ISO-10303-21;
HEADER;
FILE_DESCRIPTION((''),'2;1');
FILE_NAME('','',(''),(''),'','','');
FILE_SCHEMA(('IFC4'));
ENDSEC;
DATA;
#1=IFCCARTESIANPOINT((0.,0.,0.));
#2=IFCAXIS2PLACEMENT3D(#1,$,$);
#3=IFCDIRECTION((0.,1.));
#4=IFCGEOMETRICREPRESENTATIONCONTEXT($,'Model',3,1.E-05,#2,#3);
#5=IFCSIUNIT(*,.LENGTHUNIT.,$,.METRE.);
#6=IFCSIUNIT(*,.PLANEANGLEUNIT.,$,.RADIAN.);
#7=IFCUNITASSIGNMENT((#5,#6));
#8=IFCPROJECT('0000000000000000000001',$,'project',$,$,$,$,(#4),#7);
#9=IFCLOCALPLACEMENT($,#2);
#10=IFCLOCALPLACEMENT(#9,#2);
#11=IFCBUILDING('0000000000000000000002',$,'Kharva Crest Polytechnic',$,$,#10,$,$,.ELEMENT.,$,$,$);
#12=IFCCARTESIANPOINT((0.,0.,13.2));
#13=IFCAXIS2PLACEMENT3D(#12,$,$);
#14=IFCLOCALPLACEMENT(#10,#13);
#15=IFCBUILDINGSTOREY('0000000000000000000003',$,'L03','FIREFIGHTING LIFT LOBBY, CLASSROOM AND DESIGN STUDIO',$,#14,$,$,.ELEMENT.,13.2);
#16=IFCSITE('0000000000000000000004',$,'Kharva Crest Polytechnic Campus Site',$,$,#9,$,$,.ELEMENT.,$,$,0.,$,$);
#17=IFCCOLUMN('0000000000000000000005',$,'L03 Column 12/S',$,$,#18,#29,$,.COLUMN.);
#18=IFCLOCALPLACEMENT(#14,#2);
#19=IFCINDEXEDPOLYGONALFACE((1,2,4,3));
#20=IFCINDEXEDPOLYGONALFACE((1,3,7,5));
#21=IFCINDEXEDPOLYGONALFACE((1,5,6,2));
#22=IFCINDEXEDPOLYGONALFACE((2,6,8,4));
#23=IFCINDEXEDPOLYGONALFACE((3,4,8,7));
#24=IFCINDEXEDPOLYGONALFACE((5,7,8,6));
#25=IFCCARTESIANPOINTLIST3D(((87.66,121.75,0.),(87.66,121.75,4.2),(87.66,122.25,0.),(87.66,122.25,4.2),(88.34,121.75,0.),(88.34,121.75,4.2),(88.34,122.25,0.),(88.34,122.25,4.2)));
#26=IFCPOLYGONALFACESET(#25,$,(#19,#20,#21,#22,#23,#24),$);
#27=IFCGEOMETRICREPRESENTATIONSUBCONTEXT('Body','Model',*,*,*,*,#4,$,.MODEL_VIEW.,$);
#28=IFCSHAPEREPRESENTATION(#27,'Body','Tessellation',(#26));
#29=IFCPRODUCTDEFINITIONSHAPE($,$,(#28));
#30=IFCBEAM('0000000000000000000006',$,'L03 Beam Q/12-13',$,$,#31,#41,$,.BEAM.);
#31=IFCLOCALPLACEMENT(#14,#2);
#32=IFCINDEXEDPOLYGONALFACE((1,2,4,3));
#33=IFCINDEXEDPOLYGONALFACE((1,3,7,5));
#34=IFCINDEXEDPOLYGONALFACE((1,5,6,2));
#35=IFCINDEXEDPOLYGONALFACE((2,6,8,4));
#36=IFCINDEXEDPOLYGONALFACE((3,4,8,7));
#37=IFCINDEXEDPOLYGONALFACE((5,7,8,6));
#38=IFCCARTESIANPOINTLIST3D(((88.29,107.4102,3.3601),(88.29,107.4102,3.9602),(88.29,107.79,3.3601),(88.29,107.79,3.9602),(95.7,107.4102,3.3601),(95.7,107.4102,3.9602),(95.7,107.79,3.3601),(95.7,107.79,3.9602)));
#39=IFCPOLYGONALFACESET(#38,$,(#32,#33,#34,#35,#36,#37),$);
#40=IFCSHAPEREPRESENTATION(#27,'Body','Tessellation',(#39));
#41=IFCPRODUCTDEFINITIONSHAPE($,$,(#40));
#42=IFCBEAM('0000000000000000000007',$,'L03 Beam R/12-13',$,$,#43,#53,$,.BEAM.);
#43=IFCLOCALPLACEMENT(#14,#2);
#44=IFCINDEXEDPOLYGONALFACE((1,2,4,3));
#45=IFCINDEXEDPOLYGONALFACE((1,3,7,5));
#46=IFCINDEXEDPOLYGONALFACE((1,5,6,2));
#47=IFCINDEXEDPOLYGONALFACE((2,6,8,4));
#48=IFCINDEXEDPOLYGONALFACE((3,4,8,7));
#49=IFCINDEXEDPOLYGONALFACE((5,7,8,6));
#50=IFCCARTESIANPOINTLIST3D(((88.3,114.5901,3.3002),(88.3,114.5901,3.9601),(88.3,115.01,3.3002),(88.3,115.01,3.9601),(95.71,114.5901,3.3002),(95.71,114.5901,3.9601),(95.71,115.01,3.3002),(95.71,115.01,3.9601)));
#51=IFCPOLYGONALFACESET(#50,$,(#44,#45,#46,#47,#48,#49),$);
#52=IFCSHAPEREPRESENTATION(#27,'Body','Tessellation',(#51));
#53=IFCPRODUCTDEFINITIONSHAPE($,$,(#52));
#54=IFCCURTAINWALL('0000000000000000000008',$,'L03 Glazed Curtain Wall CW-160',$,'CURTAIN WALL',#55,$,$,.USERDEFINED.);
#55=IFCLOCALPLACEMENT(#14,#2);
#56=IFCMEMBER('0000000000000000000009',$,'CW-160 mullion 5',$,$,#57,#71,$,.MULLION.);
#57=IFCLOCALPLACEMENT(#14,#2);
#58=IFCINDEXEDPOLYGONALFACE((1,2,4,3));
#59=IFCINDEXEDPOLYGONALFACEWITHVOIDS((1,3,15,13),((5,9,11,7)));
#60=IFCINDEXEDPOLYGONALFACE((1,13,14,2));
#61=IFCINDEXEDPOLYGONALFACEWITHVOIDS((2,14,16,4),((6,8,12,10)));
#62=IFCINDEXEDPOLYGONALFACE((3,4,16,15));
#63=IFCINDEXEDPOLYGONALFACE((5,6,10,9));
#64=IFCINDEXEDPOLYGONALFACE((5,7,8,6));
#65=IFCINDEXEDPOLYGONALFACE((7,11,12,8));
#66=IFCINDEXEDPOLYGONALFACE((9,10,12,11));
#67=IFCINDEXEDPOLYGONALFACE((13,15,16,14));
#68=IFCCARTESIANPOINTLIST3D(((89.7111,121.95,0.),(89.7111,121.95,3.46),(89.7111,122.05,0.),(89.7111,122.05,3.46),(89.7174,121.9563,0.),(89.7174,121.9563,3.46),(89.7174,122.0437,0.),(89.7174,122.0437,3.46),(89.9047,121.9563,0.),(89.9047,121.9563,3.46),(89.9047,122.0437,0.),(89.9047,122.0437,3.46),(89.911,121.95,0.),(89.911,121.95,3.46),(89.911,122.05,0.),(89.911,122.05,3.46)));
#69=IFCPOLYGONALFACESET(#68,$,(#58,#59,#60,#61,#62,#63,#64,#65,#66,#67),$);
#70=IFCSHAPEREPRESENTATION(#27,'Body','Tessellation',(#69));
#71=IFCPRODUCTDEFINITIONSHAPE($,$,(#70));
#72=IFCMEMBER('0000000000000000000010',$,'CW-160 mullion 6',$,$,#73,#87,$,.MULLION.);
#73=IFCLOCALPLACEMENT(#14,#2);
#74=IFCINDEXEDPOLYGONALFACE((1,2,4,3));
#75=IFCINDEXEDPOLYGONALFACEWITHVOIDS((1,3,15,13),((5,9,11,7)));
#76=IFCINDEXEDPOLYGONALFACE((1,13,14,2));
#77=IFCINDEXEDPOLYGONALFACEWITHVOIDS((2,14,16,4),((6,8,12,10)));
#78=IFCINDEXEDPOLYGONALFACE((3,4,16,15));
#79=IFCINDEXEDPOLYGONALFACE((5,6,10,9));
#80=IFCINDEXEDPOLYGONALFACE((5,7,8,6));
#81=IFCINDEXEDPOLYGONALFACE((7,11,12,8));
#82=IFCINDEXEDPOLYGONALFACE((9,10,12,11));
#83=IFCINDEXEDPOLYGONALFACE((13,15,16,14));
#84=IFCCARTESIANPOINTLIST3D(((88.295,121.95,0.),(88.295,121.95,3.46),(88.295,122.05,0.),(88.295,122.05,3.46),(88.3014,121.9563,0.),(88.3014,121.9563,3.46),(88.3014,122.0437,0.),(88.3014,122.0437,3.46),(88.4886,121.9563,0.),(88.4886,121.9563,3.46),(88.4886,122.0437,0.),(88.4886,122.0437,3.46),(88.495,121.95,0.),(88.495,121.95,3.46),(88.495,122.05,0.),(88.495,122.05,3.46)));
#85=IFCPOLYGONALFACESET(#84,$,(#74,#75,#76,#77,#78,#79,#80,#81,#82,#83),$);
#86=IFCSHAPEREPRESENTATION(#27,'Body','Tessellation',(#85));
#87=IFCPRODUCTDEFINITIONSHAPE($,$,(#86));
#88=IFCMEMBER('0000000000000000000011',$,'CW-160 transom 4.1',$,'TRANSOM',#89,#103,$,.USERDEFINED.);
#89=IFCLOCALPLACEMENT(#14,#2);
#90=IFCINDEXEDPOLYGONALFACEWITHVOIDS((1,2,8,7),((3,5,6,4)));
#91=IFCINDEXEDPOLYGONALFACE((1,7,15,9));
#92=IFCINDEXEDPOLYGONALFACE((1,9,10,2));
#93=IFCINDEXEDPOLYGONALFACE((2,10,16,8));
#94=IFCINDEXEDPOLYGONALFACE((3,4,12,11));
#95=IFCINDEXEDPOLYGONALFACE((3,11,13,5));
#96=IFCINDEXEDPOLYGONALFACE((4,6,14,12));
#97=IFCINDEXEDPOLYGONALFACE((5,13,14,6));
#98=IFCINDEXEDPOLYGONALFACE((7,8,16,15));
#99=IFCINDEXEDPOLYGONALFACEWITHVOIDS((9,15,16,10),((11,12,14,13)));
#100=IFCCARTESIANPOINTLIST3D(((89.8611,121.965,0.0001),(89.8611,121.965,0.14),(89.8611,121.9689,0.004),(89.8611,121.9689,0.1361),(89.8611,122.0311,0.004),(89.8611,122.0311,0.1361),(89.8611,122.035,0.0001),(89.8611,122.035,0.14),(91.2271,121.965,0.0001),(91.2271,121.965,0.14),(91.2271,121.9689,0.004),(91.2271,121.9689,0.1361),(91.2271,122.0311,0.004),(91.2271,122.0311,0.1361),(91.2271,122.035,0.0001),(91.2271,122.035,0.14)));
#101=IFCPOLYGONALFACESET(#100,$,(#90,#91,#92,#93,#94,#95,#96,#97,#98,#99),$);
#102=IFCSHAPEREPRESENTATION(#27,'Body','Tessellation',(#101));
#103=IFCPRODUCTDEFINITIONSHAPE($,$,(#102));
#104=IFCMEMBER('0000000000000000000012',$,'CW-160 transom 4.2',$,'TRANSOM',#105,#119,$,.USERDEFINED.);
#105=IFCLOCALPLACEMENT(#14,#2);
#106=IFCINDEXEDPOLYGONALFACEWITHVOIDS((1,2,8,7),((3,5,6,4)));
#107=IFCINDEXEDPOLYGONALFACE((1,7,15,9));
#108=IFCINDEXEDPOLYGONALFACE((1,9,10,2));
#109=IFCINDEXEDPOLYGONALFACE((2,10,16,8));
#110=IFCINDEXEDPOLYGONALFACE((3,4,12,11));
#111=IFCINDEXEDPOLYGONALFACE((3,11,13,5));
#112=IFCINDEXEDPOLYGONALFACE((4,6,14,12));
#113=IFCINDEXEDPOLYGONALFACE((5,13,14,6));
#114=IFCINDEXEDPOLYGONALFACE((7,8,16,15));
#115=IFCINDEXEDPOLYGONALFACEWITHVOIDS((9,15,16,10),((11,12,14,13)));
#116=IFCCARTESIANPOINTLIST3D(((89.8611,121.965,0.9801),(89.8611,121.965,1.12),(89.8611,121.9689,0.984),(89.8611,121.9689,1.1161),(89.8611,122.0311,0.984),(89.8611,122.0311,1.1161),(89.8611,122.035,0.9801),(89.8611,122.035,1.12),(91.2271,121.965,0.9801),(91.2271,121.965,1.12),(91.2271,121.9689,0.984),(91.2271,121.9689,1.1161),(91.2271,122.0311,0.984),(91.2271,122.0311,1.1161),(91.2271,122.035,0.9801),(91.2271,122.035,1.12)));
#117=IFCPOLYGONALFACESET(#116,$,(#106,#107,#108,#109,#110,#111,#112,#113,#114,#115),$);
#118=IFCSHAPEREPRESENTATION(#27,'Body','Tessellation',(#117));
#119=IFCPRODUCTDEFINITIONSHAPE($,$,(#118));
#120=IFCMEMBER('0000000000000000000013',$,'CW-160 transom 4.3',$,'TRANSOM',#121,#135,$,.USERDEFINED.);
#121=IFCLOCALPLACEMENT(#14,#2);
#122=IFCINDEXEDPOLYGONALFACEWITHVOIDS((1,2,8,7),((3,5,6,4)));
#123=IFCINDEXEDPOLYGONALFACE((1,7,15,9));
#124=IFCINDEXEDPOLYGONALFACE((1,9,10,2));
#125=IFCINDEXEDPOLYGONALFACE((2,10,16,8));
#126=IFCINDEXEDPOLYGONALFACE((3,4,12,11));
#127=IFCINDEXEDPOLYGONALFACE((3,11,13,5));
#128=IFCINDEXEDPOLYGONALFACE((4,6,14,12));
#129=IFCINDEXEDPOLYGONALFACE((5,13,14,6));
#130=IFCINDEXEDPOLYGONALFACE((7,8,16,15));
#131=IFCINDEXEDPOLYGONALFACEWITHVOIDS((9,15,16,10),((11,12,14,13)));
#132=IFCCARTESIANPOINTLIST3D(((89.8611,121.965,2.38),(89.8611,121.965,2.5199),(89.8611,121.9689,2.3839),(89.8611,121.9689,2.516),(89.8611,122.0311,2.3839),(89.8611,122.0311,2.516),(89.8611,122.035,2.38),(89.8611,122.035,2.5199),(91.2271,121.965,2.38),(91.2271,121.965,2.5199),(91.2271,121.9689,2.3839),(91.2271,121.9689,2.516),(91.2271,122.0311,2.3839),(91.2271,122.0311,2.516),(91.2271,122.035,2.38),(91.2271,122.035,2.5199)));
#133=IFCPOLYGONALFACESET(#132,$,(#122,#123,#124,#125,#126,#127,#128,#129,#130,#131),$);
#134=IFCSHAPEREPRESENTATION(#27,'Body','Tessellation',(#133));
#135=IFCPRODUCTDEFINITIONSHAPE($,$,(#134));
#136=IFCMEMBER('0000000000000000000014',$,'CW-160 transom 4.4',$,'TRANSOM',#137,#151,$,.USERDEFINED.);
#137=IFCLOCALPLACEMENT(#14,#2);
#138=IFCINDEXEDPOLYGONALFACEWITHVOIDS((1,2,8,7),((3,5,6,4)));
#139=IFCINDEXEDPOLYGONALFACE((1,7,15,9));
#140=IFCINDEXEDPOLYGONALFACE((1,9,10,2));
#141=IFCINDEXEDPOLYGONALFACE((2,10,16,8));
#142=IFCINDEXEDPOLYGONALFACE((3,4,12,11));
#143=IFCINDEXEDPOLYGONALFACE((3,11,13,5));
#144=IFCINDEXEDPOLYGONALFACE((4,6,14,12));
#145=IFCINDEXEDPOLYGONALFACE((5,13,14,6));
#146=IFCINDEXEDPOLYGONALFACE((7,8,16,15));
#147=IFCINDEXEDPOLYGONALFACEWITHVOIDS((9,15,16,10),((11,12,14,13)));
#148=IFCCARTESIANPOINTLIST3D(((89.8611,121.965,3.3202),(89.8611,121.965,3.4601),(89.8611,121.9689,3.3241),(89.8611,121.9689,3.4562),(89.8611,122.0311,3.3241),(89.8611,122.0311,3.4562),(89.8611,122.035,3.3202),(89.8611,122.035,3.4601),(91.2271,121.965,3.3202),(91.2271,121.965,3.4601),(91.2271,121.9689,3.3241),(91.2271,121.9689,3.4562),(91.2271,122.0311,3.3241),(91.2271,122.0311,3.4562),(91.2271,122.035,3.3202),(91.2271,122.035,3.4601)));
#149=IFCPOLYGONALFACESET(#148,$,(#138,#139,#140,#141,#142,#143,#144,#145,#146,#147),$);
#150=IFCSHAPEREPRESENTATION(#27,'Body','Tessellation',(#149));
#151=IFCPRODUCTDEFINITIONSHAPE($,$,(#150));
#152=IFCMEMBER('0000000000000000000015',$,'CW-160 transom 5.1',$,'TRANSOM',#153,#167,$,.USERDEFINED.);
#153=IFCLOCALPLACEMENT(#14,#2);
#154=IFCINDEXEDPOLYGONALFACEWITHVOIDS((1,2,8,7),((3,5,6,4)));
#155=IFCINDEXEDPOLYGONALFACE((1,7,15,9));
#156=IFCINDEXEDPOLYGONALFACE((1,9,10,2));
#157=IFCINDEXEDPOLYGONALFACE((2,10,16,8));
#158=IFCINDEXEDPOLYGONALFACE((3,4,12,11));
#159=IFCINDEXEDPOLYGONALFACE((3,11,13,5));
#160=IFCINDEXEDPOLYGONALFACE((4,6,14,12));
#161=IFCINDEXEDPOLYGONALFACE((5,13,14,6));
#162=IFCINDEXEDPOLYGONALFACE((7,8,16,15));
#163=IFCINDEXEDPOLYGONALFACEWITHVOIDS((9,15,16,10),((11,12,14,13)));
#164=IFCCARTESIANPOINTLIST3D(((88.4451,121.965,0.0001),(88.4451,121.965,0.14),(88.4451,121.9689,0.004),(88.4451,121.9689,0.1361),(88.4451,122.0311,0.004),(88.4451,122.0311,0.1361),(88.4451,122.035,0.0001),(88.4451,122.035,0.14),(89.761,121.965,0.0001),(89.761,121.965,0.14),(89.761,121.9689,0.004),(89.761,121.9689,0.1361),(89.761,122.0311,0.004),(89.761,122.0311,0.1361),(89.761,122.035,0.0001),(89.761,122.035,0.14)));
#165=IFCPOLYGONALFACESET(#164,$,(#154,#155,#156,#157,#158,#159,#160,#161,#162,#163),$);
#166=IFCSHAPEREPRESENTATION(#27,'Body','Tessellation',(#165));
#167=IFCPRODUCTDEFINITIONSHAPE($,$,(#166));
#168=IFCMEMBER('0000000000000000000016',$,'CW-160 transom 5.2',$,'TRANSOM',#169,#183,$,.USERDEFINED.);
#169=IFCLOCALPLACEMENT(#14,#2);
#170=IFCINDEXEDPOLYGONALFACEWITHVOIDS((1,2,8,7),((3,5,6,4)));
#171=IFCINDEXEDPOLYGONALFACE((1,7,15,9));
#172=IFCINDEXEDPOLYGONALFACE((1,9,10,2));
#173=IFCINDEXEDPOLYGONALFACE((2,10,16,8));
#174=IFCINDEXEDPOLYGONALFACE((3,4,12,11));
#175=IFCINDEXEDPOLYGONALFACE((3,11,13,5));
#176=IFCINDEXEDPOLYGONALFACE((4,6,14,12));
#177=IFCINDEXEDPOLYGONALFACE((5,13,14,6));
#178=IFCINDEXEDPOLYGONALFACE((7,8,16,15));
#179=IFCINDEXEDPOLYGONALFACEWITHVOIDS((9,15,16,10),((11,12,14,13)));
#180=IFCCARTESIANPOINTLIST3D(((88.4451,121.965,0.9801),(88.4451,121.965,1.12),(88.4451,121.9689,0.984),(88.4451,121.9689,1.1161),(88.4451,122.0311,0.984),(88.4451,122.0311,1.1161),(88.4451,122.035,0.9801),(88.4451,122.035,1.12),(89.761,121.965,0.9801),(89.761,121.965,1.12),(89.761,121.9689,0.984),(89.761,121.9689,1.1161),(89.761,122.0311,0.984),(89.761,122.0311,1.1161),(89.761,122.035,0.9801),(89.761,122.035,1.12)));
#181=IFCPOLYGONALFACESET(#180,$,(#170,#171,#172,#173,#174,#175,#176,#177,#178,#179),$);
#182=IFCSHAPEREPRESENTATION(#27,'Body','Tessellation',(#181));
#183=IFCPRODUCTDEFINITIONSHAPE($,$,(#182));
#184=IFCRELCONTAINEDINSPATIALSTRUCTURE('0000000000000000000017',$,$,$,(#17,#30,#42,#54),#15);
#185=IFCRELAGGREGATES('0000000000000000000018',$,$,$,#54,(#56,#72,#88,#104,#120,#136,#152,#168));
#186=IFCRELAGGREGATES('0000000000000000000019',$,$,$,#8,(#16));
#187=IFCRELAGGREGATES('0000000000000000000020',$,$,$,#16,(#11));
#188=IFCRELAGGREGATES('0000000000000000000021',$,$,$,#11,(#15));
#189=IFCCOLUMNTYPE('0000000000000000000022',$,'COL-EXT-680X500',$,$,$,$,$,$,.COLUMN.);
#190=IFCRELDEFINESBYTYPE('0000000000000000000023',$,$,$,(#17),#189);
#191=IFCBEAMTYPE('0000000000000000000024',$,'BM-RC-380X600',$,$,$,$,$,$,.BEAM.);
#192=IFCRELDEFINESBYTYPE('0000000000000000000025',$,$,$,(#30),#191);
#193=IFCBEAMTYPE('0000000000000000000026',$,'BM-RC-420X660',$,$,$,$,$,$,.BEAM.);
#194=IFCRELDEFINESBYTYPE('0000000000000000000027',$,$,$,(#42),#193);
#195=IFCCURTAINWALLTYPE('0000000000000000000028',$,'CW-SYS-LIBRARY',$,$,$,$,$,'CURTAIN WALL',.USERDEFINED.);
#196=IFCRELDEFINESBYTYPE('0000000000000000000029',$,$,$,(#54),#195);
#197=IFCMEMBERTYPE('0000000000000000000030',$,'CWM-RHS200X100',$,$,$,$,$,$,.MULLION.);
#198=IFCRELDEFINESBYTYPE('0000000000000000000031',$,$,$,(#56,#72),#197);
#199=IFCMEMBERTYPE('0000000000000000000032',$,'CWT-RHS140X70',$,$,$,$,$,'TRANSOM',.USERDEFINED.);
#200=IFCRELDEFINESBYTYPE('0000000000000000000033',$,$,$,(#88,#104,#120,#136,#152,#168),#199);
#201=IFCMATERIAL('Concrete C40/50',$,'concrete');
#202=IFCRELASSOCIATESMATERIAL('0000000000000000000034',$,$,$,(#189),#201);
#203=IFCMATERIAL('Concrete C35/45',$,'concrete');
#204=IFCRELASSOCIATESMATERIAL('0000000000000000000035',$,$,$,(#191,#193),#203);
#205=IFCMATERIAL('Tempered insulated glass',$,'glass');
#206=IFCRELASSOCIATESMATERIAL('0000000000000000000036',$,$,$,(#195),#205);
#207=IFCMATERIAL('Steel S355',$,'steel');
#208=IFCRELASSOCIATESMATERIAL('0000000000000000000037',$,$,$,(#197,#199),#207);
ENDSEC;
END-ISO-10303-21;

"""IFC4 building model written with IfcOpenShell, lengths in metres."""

from ifc_helpers import new_model, si_unit, direction, frame, origin, origin_2d, place, context, subcontext, project, spatial, rectangle, hollow_rectangle, extrude, material, material_profile, profile_set, type_object, element, aggregate, save


model = new_model("IFC4")

# Units and contexts
model_context = context("Model", 3, precision=1e-05, world=origin(), true_north=direction((0.0, 1.0)))
body_context = subcontext(model_context, "Body", "Model", "MODEL_VIEW")
ifc_project = project(units=[si_unit("LENGTHUNIT", "METRE"), si_unit("PLANEANGLEUNIT", "RADIAN")], contexts=[model_context])

# Site, building, storey
site_placement = place(None, origin())
site = spatial("IfcSite", under=ifc_project, at=site_placement, Name="Kharva Crest Polytechnic Campus Site", CompositionType="ELEMENT", RefElevation=0.0)
building_placement = place(site_placement, origin())
building = spatial("IfcBuilding", under=site, at=building_placement, Name="Kharva Crest Polytechnic", CompositionType="ELEMENT")
storey_placement = place(building_placement, frame((0.0, 0.0, 13.2)))
storey = spatial("IfcBuildingStorey", under=building, at=storey_placement, Name="L03", Description="FIREFIGHTING LIFT LOBBY, CLASSROOM AND DESIGN STUDIO", CompositionType="ELEMENT", Elevation=13.2)

# Column
ifc_material_1 = material(Name="Concrete C40/50", Category="concrete")
ifc_material_profile_1 = material_profile(ifc_material_1, rectangle(XDim=0.6799, YDim=0.5, at=origin_2d()), Name="RECT 680 X 500")
ifc_profile_set_1 = profile_set([ifc_material_profile_1], Name="Concrete C40/50")
column_type = type_object("IfcColumnType", Name="COL-EXT-680X500", PredefinedType="COLUMN", material=ifc_profile_set_1)
column_placement = place(storey_placement, frame((88.0, 122.0, 0.0), z_axis=(0.0, 0.0, 1.0), x_axis=(1.0, 0.0, 0.0)))
element("IfcColumn", 1, at=column_placement, inside=storey, type_object=column_type, Name="L03 Column 12/S", PredefinedType="COLUMN", context=body_context, shape_type="SweptSolid", body=[
    extrude(rectangle(XDim=0.6799, YDim=0.5, at=origin_2d()), origin(), (0.0, 0.0, 1.0), 4.2),
])

# Beams
ifc_material_2 = material(Name="Concrete C35/45", Category="concrete")
ifc_material_profile_2 = material_profile(ifc_material_2, rectangle(XDim=0.3799, YDim=0.6001, at=origin_2d()), Name="RECT 380 X 600")
ifc_profile_set_2 = profile_set([ifc_material_profile_2], Name="Concrete C35/45")
beam_type_1 = type_object("IfcBeamType", Name="BM-RC-380X600", PredefinedType="BEAM", material=ifc_profile_set_2)
beam_1_placement = place(storey_placement, frame((88.29, 107.6001, 3.6602), z_axis=(1.0, 0.0, 0.0), x_axis=(0.0, 1.0, 0.0)))
element("IfcBeam", 2, at=beam_1_placement, inside=storey, type_object=beam_type_1, Name="L03 Beam Q/12-13", PredefinedType="BEAM", context=body_context, shape_type="SweptSolid", body=[
    extrude(rectangle(XDim=0.3799, YDim=0.6001, at=origin_2d()), origin(), (0.0, 0.0, 1.0), 7.4099),
])
ifc_material_profile_3 = material_profile(ifc_material_2, rectangle(XDim=0.4199, YDim=0.6599, at=origin_2d()), Name="RECT 420 X 660")
ifc_profile_set_3 = profile_set([ifc_material_profile_3], Name="Concrete C35/45")
beam_type_2 = type_object("IfcBeamType", Name="BM-RC-420X660", PredefinedType="BEAM", material=ifc_profile_set_3)
beam_2_placement = place(storey_placement, frame((88.3, 114.8, 3.6301), z_axis=(1.0, 0.0, 0.0), x_axis=(0.0, 1.0, 0.0)))
element("IfcBeam", 3, at=beam_2_placement, inside=storey, type_object=beam_type_2, Name="L03 Beam R/12-13", PredefinedType="BEAM", context=body_context, shape_type="SweptSolid", body=[
    extrude(rectangle(XDim=0.4199, YDim=0.6599, at=origin_2d()), origin(), (0.0, 0.0, 1.0), 7.4099),
])

# Curtain wall, members
ifc_material_3 = material(Name="Tempered insulated glass", Category="glass")
curtain_wall_type = type_object("IfcCurtainWallType", Name="CW-SYS-LIBRARY", ElementType="CURTAIN WALL", PredefinedType="USERDEFINED", material=ifc_material_3)
curtain_wall_placement = place(storey_placement, origin())
curtain_wall = element("IfcCurtainWall", 4, at=curtain_wall_placement, inside=storey, type_object=curtain_wall_type, Name="L03 Glazed Curtain Wall CW-160", ObjectType="CURTAIN WALL", PredefinedType="USERDEFINED")
ifc_material_4 = material(Name="Steel S355", Category="steel")
ifc_material_profile_4 = material_profile(ifc_material_4, hollow_rectangle(XDim=0.1001, YDim=0.2, WallThickness=0.0063, at=origin_2d()), Name="RHS 200X100X6.3")
ifc_profile_set_4 = profile_set([ifc_material_profile_4], Name="Steel S355")
member_type_1 = type_object("IfcMemberType", Name="CWM-RHS200X100", PredefinedType="MULLION", material=ifc_profile_set_4)
member_1_placement = place(storey_placement, frame((89.811, 122.0, 0.0), z_axis=(0.0, 0.0, 1.0), x_axis=(0.0, -1.0, 0.0)))
member_1 = element("IfcMember", 5, at=member_1_placement, type_object=member_type_1, Name="CW-160 mullion 5", PredefinedType="MULLION", context=body_context, shape_type="SweptSolid", body=[
    extrude(hollow_rectangle(XDim=0.1001, YDim=0.2, WallThickness=0.0063, at=origin_2d()), origin(), (0.0, 0.0, 1.0), 3.46),
])
member_2_placement = place(storey_placement, frame((88.395, 122.0, 0.0), z_axis=(0.0, 0.0, 1.0), x_axis=(0.0, -1.0, 0.0)))
member_2 = element("IfcMember", 6, at=member_2_placement, type_object=member_type_1, Name="CW-160 mullion 6", PredefinedType="MULLION", context=body_context, shape_type="SweptSolid", body=[
    extrude(hollow_rectangle(XDim=0.1001, YDim=0.2, WallThickness=0.0063, at=origin_2d()), origin(), (0.0, 0.0, 1.0), 3.46),
])
ifc_material_profile_5 = material_profile(ifc_material_4, hollow_rectangle(XDim=0.0701, YDim=0.1399, WallThickness=0.0039, at=origin_2d()), Name="RHS 140X70X4.0")
ifc_profile_set_5 = profile_set([ifc_material_profile_5], Name="Steel S355")
member_type_2 = type_object("IfcMemberType", Name="CWT-RHS140X70", ElementType="TRANSOM", PredefinedType="USERDEFINED", material=ifc_profile_set_5)
member_3_placement = place(storey_placement, frame((91.2271, 122.0, 0.0701), z_axis=(-1.0, 0.0, 0.0), x_axis=(0.0, -1.0, 0.0)))
member_3 = element("IfcMember", 7, at=member_3_placement, type_object=member_type_2, Name="CW-160 transom 4.1", ObjectType="TRANSOM", PredefinedType="USERDEFINED", context=body_context, shape_type="SweptSolid", body=[
    extrude(hollow_rectangle(XDim=0.0701, YDim=0.1399, WallThickness=0.0039, at=origin_2d()), origin(), (0.0, 0.0, 1.0), 1.366),
])
member_4_placement = place(storey_placement, frame((91.2271, 122.0, 1.05), z_axis=(-1.0, 0.0, 0.0), x_axis=(0.0, -1.0, 0.0)))
member_4 = element("IfcMember", 8, at=member_4_placement, type_object=member_type_2, Name="CW-160 transom 4.2", ObjectType="TRANSOM", PredefinedType="USERDEFINED", context=body_context, shape_type="SweptSolid", body=[
    extrude(hollow_rectangle(XDim=0.0701, YDim=0.1399, WallThickness=0.0039, at=origin_2d()), origin(), (0.0, 0.0, 1.0), 1.366),
])
member_5_placement = place(storey_placement, frame((91.2271, 122.0, 2.45), z_axis=(-1.0, 0.0, 0.0), x_axis=(0.0, -1.0, 0.0)))
member_5 = element("IfcMember", 9, at=member_5_placement, type_object=member_type_2, Name="CW-160 transom 4.3", ObjectType="TRANSOM", PredefinedType="USERDEFINED", context=body_context, shape_type="SweptSolid", body=[
    extrude(hollow_rectangle(XDim=0.0701, YDim=0.1399, WallThickness=0.0039, at=origin_2d()), origin(), (0.0, 0.0, 1.0), 1.366),
])
member_6_placement = place(storey_placement, frame((91.2271, 122.0, 3.3901), z_axis=(-1.0, 0.0, 0.0), x_axis=(0.0, -1.0, 0.0)))
member_6 = element("IfcMember", 10, at=member_6_placement, type_object=member_type_2, Name="CW-160 transom 4.4", ObjectType="TRANSOM", PredefinedType="USERDEFINED", context=body_context, shape_type="SweptSolid", body=[
    extrude(hollow_rectangle(XDim=0.0701, YDim=0.1399, WallThickness=0.0039, at=origin_2d()), origin(), (0.0, 0.0, 1.0), 1.366),
])
member_7_placement = place(storey_placement, frame((89.761, 122.0, 0.0701), z_axis=(-1.0, 0.0, 0.0), x_axis=(0.0, -1.0, 0.0)))
member_7 = element("IfcMember", 11, at=member_7_placement, type_object=member_type_2, Name="CW-160 transom 5.1", ObjectType="TRANSOM", PredefinedType="USERDEFINED", context=body_context, shape_type="SweptSolid", body=[
    extrude(hollow_rectangle(XDim=0.0701, YDim=0.1399, WallThickness=0.0039, at=origin_2d()), origin(), (0.0, 0.0, 1.0), 1.3159),
])
member_8_placement = place(storey_placement, frame((89.761, 122.0, 1.05), z_axis=(-1.0, 0.0, 0.0), x_axis=(0.0, -1.0, 0.0)))
member_8 = element("IfcMember", 12, at=member_8_placement, type_object=member_type_2, Name="CW-160 transom 5.2", ObjectType="TRANSOM", PredefinedType="USERDEFINED", context=body_context, shape_type="SweptSolid", body=[
    extrude(hollow_rectangle(XDim=0.0701, YDim=0.1399, WallThickness=0.0039, at=origin_2d()), origin(), (0.0, 0.0, 1.0), 1.3159),
])

aggregate(curtain_wall, [member_1, member_2, member_3, member_4, member_5, member_6, member_7, member_8])

save(model, "model.ifc")
